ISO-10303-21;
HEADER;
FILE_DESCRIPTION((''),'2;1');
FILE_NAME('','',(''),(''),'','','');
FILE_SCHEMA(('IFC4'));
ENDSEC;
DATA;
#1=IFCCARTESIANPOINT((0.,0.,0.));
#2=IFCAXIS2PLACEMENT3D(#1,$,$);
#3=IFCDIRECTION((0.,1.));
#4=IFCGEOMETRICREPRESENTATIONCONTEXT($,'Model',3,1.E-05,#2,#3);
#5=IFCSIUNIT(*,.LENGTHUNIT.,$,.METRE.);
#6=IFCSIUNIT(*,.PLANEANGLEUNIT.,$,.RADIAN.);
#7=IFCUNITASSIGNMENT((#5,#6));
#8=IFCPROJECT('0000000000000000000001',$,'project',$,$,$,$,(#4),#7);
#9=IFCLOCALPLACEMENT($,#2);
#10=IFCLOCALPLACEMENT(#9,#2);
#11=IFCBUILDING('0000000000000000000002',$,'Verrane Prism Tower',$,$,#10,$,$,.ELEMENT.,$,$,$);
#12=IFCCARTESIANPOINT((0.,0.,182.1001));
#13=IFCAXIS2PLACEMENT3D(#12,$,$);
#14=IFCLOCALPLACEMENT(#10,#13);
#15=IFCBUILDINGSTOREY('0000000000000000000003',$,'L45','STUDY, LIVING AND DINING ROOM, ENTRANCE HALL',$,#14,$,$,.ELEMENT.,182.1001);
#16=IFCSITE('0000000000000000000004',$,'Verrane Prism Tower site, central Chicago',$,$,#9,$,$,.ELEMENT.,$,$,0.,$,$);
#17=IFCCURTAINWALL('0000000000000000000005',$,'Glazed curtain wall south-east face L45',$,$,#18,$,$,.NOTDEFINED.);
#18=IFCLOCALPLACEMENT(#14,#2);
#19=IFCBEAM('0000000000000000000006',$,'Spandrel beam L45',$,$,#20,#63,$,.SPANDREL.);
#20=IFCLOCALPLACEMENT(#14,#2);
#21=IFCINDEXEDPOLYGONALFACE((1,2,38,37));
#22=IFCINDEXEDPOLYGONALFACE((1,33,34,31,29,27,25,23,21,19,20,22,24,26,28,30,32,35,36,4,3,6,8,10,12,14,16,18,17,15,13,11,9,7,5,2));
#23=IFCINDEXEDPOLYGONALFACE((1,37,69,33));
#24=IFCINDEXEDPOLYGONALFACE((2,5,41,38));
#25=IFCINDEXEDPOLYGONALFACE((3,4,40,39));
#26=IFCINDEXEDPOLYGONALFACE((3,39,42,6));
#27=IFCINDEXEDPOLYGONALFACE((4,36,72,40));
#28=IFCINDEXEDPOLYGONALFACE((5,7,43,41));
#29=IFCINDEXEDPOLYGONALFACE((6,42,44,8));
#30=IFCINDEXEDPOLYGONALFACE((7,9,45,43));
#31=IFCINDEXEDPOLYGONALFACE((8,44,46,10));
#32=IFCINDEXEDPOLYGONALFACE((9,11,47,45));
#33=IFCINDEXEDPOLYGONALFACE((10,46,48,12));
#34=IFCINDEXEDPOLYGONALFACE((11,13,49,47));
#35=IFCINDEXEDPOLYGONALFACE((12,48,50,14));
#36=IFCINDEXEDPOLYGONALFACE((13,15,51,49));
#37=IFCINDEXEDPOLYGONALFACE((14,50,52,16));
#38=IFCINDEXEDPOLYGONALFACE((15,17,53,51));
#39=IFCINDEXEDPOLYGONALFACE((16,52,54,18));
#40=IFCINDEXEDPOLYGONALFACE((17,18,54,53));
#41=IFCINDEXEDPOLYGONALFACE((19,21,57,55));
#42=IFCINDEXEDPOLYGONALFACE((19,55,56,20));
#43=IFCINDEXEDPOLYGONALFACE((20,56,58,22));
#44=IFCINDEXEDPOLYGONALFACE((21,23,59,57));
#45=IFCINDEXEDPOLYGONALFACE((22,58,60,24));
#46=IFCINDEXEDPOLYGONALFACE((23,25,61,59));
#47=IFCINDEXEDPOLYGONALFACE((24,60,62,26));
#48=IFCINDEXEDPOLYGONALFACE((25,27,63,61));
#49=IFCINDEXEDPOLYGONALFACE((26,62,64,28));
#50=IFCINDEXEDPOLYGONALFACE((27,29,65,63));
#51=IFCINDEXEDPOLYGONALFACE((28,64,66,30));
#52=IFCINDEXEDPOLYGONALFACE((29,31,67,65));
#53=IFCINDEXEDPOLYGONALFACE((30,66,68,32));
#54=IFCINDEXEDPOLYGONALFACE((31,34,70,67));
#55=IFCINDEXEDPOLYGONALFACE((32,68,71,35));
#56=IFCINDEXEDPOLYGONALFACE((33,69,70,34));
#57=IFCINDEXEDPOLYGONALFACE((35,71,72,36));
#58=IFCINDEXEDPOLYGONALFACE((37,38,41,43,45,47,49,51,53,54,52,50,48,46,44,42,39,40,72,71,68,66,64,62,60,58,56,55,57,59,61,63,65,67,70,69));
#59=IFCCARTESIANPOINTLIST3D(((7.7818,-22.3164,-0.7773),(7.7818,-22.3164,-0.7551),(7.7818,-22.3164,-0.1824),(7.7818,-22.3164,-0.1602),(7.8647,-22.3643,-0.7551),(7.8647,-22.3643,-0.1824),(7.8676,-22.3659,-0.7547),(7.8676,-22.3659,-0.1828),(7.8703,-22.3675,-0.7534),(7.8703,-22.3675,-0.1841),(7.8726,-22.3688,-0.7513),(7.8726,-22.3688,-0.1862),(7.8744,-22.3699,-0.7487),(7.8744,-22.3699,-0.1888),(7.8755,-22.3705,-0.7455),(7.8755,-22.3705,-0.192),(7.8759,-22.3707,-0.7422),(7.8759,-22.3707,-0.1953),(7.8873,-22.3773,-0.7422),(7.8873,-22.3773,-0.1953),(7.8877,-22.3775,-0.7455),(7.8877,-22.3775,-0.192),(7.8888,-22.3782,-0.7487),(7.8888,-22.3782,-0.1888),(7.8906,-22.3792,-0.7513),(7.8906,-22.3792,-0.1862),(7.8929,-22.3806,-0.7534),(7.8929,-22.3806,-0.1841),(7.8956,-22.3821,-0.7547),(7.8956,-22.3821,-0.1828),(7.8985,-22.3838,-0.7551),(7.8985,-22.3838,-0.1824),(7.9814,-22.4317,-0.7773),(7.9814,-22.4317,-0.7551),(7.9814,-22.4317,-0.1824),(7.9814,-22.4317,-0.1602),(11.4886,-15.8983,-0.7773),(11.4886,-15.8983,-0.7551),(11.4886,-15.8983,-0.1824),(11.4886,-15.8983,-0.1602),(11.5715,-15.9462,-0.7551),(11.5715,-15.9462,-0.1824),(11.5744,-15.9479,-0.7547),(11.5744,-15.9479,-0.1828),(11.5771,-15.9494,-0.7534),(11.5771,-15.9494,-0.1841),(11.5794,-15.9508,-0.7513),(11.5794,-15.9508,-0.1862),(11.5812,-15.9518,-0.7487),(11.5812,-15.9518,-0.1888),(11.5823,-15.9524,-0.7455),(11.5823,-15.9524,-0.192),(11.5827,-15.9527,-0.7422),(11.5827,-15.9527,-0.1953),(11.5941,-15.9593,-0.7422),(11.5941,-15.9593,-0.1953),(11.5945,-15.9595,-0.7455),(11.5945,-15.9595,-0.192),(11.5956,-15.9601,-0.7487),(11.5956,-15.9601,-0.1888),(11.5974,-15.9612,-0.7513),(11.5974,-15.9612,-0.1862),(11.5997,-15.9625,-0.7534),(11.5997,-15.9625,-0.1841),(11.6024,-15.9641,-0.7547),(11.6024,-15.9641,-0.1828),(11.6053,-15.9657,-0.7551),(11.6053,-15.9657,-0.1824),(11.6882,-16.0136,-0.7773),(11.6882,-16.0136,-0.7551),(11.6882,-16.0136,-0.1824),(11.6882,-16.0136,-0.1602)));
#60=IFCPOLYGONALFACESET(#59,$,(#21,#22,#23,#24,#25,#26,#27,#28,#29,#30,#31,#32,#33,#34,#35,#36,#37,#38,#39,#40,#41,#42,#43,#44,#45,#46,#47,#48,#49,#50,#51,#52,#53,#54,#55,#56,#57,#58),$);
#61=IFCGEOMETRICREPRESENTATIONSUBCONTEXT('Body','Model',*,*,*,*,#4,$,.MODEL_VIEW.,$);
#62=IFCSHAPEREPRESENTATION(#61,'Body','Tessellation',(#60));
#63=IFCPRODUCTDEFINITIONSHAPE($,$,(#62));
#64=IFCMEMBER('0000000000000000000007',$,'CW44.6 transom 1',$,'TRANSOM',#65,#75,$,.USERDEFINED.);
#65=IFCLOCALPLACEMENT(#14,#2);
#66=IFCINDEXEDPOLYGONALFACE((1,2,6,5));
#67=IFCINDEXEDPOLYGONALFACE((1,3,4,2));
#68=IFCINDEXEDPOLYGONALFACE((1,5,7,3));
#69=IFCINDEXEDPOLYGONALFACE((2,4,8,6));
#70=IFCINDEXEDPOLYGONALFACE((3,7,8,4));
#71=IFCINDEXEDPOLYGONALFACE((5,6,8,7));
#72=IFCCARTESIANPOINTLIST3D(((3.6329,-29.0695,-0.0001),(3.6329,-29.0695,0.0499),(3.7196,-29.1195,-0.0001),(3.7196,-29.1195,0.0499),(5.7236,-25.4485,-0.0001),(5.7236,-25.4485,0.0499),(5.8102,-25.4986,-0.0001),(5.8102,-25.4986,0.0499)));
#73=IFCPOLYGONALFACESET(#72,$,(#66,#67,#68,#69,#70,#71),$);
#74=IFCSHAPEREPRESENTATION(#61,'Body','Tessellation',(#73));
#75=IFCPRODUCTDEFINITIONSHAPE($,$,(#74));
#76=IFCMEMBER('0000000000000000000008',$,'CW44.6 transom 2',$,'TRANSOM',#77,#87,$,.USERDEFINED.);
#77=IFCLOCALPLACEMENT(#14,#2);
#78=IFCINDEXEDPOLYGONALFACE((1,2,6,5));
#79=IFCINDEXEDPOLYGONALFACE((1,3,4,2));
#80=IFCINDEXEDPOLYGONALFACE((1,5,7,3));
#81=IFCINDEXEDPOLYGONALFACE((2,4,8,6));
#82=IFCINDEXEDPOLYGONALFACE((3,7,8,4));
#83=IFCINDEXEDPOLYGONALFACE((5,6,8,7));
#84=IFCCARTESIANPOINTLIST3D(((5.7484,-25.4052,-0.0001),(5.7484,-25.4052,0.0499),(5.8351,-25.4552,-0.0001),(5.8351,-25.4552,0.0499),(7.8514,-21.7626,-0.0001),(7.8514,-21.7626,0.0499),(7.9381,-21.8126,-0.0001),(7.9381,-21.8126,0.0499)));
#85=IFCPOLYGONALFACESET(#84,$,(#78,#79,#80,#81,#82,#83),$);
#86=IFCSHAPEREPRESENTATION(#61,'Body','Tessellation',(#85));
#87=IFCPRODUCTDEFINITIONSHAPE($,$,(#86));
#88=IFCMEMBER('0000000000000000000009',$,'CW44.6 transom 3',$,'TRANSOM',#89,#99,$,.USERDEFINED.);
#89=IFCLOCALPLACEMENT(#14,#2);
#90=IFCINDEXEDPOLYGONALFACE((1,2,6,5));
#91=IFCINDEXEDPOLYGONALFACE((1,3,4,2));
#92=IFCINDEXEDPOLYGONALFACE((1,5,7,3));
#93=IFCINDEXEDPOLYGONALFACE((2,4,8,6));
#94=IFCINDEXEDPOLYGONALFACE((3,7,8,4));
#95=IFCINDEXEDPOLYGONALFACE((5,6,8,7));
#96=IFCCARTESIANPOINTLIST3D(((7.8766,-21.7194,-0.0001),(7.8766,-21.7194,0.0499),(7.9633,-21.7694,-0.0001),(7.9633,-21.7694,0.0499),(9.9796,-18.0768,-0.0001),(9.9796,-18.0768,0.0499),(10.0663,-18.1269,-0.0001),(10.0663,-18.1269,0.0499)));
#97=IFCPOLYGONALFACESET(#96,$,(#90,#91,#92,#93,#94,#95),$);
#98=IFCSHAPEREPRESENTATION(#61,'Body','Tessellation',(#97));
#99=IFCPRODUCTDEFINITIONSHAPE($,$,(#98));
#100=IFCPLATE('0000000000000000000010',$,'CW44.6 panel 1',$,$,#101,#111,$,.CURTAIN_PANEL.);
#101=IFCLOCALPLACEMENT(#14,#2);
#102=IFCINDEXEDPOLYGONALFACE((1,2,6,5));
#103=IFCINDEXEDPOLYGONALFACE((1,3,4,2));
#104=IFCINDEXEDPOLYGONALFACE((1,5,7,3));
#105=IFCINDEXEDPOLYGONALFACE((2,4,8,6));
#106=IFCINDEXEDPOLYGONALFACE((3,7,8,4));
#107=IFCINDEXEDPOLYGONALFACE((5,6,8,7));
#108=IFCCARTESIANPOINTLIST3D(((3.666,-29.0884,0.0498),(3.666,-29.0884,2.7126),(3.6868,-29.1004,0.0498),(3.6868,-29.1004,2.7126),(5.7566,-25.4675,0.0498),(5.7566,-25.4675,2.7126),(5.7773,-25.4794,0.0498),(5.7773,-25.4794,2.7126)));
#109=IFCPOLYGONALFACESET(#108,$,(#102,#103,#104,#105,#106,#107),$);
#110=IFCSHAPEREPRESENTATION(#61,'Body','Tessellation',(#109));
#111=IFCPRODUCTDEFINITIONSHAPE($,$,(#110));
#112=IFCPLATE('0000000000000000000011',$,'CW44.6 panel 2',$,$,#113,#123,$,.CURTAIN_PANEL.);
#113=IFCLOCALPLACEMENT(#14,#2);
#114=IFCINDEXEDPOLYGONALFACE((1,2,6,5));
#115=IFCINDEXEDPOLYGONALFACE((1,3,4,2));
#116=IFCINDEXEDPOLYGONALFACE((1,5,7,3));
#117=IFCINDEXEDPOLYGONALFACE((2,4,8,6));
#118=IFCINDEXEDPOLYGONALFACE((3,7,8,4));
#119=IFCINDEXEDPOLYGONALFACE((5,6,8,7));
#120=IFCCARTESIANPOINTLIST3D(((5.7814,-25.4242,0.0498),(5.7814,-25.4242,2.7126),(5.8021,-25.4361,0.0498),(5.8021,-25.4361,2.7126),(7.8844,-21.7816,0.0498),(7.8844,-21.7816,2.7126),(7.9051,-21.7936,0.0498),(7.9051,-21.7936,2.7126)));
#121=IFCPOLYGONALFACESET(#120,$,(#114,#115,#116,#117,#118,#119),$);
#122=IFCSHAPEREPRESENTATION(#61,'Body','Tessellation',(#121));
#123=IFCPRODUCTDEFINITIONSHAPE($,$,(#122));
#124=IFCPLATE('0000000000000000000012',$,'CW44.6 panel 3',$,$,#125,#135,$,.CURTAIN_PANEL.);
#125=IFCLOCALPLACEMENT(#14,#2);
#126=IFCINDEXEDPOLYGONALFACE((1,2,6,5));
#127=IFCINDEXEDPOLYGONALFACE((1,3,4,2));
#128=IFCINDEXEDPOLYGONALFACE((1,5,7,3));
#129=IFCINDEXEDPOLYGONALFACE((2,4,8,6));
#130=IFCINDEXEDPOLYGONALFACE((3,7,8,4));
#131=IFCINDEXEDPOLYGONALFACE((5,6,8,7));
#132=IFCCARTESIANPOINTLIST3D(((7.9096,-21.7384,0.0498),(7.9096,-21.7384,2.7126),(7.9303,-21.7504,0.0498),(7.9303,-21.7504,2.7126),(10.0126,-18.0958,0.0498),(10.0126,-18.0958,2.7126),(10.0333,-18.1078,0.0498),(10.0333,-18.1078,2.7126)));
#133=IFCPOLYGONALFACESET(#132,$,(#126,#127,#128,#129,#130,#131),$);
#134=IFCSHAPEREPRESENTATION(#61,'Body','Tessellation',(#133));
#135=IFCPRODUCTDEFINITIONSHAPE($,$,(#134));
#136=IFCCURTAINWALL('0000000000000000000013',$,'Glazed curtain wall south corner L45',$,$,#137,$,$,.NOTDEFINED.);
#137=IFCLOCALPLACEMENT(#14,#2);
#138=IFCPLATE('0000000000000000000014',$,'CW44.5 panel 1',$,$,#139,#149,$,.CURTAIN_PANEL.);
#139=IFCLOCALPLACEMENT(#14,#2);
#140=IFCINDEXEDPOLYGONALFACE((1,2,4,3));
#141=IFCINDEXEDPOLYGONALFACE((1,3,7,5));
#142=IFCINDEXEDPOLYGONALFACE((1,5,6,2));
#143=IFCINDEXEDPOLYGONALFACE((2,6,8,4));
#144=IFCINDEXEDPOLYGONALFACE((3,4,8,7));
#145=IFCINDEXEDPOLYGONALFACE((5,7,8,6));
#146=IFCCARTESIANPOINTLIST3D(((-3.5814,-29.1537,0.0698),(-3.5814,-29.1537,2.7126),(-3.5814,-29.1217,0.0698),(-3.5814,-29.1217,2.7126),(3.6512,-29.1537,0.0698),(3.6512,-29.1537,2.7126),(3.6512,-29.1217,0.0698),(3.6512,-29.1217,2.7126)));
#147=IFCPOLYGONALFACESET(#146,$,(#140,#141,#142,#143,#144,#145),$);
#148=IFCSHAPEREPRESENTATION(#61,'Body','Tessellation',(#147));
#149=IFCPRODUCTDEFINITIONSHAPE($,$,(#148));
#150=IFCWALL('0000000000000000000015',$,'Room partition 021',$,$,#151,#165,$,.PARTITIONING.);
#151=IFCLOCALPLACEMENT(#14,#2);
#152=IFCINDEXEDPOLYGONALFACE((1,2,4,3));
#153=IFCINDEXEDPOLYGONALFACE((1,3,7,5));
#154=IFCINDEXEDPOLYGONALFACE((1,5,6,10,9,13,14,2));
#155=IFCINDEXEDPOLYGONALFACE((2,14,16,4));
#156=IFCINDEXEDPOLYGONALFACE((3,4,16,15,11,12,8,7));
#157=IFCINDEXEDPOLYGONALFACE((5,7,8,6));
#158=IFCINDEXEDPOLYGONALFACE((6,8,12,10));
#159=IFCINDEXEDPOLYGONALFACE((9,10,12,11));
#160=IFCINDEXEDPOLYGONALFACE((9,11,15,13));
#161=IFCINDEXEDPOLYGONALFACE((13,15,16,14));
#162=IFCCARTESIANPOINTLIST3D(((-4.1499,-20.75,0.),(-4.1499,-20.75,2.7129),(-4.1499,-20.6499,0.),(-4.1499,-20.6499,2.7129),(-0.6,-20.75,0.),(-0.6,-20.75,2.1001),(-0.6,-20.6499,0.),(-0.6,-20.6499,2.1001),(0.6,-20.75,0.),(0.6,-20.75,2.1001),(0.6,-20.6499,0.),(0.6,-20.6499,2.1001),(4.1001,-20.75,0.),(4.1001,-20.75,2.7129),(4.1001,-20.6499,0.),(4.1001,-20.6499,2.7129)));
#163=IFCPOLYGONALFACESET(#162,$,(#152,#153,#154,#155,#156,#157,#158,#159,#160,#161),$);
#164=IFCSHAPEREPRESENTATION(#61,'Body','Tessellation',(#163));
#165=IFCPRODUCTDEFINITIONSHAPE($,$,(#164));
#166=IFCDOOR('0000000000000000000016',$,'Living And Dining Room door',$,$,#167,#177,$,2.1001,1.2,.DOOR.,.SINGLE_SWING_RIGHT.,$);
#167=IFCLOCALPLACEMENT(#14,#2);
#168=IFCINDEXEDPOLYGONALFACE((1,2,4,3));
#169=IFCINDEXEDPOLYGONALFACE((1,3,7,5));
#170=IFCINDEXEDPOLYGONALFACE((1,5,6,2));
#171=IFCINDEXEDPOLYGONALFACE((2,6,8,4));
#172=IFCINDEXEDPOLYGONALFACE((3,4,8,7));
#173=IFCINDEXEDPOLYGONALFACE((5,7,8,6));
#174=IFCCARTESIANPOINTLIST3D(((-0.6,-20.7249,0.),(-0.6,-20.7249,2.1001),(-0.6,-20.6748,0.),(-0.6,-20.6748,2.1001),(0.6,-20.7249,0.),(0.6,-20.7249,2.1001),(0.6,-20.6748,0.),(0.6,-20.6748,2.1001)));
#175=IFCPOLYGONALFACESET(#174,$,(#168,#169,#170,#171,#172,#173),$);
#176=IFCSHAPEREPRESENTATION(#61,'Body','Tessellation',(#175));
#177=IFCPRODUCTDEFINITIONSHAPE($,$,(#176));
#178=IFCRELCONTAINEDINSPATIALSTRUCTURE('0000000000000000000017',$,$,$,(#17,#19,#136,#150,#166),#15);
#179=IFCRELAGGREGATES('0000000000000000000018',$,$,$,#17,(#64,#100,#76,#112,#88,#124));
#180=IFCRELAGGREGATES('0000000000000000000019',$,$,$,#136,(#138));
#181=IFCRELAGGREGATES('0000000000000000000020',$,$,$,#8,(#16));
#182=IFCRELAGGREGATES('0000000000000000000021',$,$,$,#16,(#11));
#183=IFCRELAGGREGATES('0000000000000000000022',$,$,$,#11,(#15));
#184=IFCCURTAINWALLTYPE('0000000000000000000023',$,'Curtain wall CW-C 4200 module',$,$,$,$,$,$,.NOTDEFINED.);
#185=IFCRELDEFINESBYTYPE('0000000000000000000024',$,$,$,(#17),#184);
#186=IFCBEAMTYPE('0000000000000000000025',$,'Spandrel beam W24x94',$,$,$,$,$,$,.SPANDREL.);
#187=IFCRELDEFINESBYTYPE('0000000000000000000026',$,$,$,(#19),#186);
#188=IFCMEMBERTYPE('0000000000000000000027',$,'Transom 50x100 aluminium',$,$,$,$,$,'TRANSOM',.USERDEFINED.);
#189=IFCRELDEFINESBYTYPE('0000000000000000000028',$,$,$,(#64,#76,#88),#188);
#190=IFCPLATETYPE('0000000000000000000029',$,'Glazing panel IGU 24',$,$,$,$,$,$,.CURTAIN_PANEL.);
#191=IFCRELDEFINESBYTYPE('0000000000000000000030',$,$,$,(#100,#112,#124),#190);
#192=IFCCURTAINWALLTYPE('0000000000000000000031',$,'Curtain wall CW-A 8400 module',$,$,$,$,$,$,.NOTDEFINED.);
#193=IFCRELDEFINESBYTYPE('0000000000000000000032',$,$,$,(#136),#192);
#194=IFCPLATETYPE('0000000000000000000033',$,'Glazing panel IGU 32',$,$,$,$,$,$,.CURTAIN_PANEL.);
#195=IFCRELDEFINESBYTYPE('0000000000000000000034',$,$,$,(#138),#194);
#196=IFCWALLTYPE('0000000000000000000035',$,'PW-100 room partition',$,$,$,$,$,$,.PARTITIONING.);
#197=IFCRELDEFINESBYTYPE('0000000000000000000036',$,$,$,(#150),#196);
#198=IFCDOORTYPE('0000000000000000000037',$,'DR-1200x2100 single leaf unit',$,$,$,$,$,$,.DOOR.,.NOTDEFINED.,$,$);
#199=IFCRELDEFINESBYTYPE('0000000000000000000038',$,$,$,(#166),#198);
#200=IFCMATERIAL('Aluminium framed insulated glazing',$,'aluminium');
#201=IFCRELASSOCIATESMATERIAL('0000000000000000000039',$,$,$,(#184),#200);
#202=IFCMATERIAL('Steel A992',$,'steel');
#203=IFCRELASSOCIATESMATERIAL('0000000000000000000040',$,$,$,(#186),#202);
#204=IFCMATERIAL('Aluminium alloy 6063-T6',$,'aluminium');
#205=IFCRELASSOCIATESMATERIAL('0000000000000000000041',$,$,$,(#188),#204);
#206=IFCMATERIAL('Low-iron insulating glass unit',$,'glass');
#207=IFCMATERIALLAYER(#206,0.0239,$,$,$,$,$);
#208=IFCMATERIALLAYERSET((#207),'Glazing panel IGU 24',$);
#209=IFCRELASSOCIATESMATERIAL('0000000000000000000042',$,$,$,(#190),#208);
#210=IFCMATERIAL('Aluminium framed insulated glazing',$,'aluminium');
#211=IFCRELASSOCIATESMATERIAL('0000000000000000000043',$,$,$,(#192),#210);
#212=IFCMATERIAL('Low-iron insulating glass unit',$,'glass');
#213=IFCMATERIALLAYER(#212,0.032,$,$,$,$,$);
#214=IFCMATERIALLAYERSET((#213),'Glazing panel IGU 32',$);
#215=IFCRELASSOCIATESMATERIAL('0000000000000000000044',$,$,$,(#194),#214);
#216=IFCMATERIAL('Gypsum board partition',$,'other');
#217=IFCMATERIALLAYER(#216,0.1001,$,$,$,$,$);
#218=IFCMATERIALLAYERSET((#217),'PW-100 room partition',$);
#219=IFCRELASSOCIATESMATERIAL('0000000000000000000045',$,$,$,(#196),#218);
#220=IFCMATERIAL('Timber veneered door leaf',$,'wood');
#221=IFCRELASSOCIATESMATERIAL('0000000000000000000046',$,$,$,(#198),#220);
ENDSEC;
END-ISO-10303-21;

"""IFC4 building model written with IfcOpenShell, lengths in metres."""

from ifc_helpers import new_model, si_unit, direction, frame, frame_2d, origin, origin_2d, place, context, subcontext, project, spatial, rectangle, i_section, extrude, material, layer, layer_set, material_profile, profile_set, type_object, element, fill, aggregate, save


model = new_model("IFC4")

# Units and contexts
model_context = context("Model", 3, precision=1e-05, world=origin(), true_north=direction((0.0, 1.0)))
body_context = subcontext(model_context, "Body", "Model", "MODEL_VIEW")
ifc_project = project(units=[si_unit("LENGTHUNIT", "METRE"), si_unit("PLANEANGLEUNIT", "RADIAN")], contexts=[model_context])

# Site, building, storey
site_placement = place(None, origin())
site = spatial("IfcSite", under=ifc_project, at=site_placement, Name="Verrane Prism Tower site, central Chicago", CompositionType="ELEMENT", RefElevation=0.0)
building_placement = place(site_placement, origin())
building = spatial("IfcBuilding", under=site, at=building_placement, Name="Verrane Prism Tower", CompositionType="ELEMENT")
storey_placement = place(building_placement, frame((0.0, 0.0, 182.1001)))
storey = spatial("IfcBuildingStorey", under=building, at=storey_placement, Name="L45", Description="STUDY, LIVING AND DINING ROOM, ENTRANCE HALL", CompositionType="ELEMENT", Elevation=182.1001)

# Curtain wall
ifc_material_1 = material(Name="Aluminium framed insulated glazing", Category="aluminium")
curtain_wall_type_1 = type_object("IfcCurtainWallType", Name="Curtain wall CW-C 4200 module", PredefinedType="NOTDEFINED", material=ifc_material_1)
curtain_wall_1_placement = place(storey_placement, origin())
curtain_wall_1 = element("IfcCurtainWall", 1, at=curtain_wall_1_placement, inside=storey, type_object=curtain_wall_type_1, Name="Glazed curtain wall south-east face L45", PredefinedType="NOTDEFINED")

# Beam
ifc_material_2 = material(Name="Steel A992", Category="steel")
ifc_material_profile_1 = material_profile(ifc_material_2, i_section(OverallWidth=0.2305, OverallDepth=0.6172, WebThickness=0.0132, FlangeThickness=0.0222, FilletRadius=0.0129, at=origin_2d()), Name="W24x94")
ifc_profile_set_1 = profile_set([ifc_material_profile_1], Name="Steel A992")
beam_type_1 = type_object("IfcBeamType", Name="Spandrel beam W24x94", PredefinedType="SPANDREL", material=ifc_profile_set_1)
beam_1_placement = place(storey_placement, frame((7.8816, -22.374, -0.4688), z_axis=(0.500139, 0.865945, 0.0), x_axis=(-0.865945, 0.500139, 0.0)))
element("IfcBeam", 2, at=beam_1_placement, inside=storey, type_object=beam_type_1, Name="Spandrel beam L45", PredefinedType="SPANDREL", context=body_context, shape_type="SweptSolid", body=[
    extrude(i_section(OverallWidth=0.2305, OverallDepth=0.6172, WebThickness=0.0132, FlangeThickness=0.0222, FilletRadius=0.0129, at=origin_2d()), origin(), (0.0, 0.0, 1.0), 7.4116),
])

# Members
ifc_material_3 = material(Name="Aluminium alloy 6063-T6", Category="aluminium")
ifc_material_profile_2 = material_profile(ifc_material_3, rectangle(XDim=0.1001, YDim=0.05, at=origin_2d()), Name="Transom 50x100 aluminium")
ifc_profile_set_2 = profile_set([ifc_material_profile_2], Name="Aluminium alloy 6063-T6")
member_type_1 = type_object("IfcMemberType", Name="Transom 50x100 aluminium", ElementType="TRANSOM", PredefinedType="USERDEFINED", material=ifc_profile_set_2)
member_1_placement = place(storey_placement, frame((3.6763, -29.0945, 0.0249), z_axis=(0.500014, 0.866017, 0.0), x_axis=(-0.866017, 0.500014, 0.0)))
member_1 = element("IfcMember", 3, at=member_1_placement, type_object=member_type_1, Name="CW44.6 transom 1", ObjectType="TRANSOM", PredefinedType="USERDEFINED", context=body_context, shape_type="SweptSolid", body=[
    extrude(rectangle(XDim=0.1001, YDim=0.05, at=origin_2d()), origin(), (0.0, 0.0, 1.0), 4.1812),
])
member_2_placement = place(storey_placement, frame((5.7917, -25.4302, 0.0249), z_axis=(0.499997, 0.866027, 0.0), x_axis=(-0.866027, 0.499997, 0.0)))
member_2 = element("IfcMember", 4, at=member_2_placement, type_object=member_type_1, Name="CW44.6 transom 2", ObjectType="TRANSOM", PredefinedType="USERDEFINED", context=body_context, shape_type="SweptSolid", body=[
    extrude(rectangle(XDim=0.1001, YDim=0.05, at=origin_2d()), origin(), (0.0, 0.0, 1.0), 4.2061),
])
member_3_placement = place(storey_placement, frame((7.9199, -21.7444, 0.0249), z_axis=(0.499997, 0.866027, 0.0), x_axis=(-0.866027, 0.499997, 0.0)))
member_3 = element("IfcMember", 5, at=member_3_placement, type_object=member_type_1, Name="CW44.6 transom 3", ObjectType="TRANSOM", PredefinedType="USERDEFINED", context=body_context, shape_type="SweptSolid", body=[
    extrude(rectangle(XDim=0.1001, YDim=0.05, at=origin_2d()), origin(), (0.0, 0.0, 1.0), 4.2061),
])

# Plates
ifc_material_4 = material(Name="Low-iron insulating glass unit", Category="glass")
ifc_layer_1 = layer(ifc_material_4, 0.0239)
ifc_layer_set_1 = layer_set([ifc_layer_1], Name="Glazing panel IGU 24")
plate_type_1 = type_object("IfcPlateType", Name="Glazing panel IGU 24", PredefinedType="CURTAIN_PANEL", material=ifc_layer_set_1)
plate_1_placement = place(storey_placement, frame((4.7217, -27.2839, 0.0498), z_axis=(0.0, 0.0, 1.0), x_axis=(0.499999, 0.866026, 0.0)))
plate_1 = element("IfcPlate", 6, at=plate_1_placement, type_object=plate_type_1, Name="CW44.6 panel 1", PredefinedType="CURTAIN_PANEL", context=body_context, shape_type="SweptSolid", body=[
    extrude(rectangle(XDim=4.1812, YDim=0.0239, at=origin_2d()), origin(), (0.0, 0.0, 1.0), 2.6628),
])
plate_2_placement = place(storey_placement, frame((6.8433, -23.6089, 0.0498), z_axis=(0.0, 0.0, 1.0), x_axis=(0.499999, 0.866026, 0.0)))
plate_2 = element("IfcPlate", 7, at=plate_2_placement, type_object=plate_type_1, Name="CW44.6 panel 2", PredefinedType="CURTAIN_PANEL", context=body_context, shape_type="SweptSolid", body=[
    extrude(rectangle(XDim=4.2061, YDim=0.0239, at=origin_2d()), origin(), (0.0, 0.0, 1.0), 2.6628),
])
plate_3_placement = place(storey_placement, frame((8.9714, -19.9231, 0.0498), z_axis=(0.0, 0.0, 1.0), x_axis=(0.499999, 0.866026, 0.0)))
plate_3 = element("IfcPlate", 8, at=plate_3_placement, type_object=plate_type_1, Name="CW44.6 panel 3", PredefinedType="CURTAIN_PANEL", context=body_context, shape_type="SweptSolid", body=[
    extrude(rectangle(XDim=4.2061, YDim=0.0239, at=origin_2d()), origin(), (0.0, 0.0, 1.0), 2.6628),
])
aggregate(curtain_wall_1, [member_1, plate_1, member_2, plate_2, member_3, plate_3])

# Curtain wall, plate
ifc_material_5 = material(Name="Aluminium framed insulated glazing", Category="aluminium")
curtain_wall_type_2 = type_object("IfcCurtainWallType", Name="Curtain wall CW-A 8400 module", PredefinedType="NOTDEFINED", material=ifc_material_5)
curtain_wall_2_placement = place(storey_placement, origin())
curtain_wall_2 = element("IfcCurtainWall", 9, at=curtain_wall_2_placement, inside=storey, type_object=curtain_wall_type_2, Name="Glazed curtain wall south corner L45", PredefinedType="NOTDEFINED")
ifc_material_6 = material(Name="Low-iron insulating glass unit", Category="glass")
ifc_layer_2 = layer(ifc_material_6, 0.032)
ifc_layer_set_2 = layer_set([ifc_layer_2], Name="Glazing panel IGU 32")
plate_type_2 = type_object("IfcPlateType", Name="Glazing panel IGU 32", PredefinedType="CURTAIN_PANEL", material=ifc_layer_set_2)
plate_4_placement = place(storey_placement, frame((0.0349, -29.1377, 0.0698), z_axis=(0.0, 0.0, 1.0), x_axis=(1.0, 0.0, 0.0)))
plate_4 = element("IfcPlate", 10, at=plate_4_placement, type_object=plate_type_2, Name="CW44.5 panel 1", PredefinedType="CURTAIN_PANEL", context=body_context, shape_type="SweptSolid", body=[
    extrude(rectangle(XDim=7.2327, YDim=0.032, at=origin_2d()), origin(), (0.0, 0.0, 1.0), 2.6428),
])
aggregate(curtain_wall_2, [plate_4])

# Wall, opening, door
ifc_material_7 = material(Name="Gypsum board partition", Category="other")
ifc_layer_3 = layer(ifc_material_7, 0.1001)
ifc_layer_set_3 = layer_set([ifc_layer_3], Name="PW-100 room partition")
wall_type = type_object("IfcWallType", Name="PW-100 room partition", PredefinedType="PARTITIONING", material=ifc_layer_set_3)
wall_1_placement = place(storey_placement, frame((4.1001, -20.7, 0.0), z_axis=(0.0, 0.0, 1.0), x_axis=(-1.0, 0.0, 0.0)))
wall_1 = element("IfcWall", 11, at=wall_1_placement, inside=storey, type_object=wall_type, Name="Room partition 021", PredefinedType="PARTITIONING", context=body_context, shape_type="SweptSolid", body=[
    extrude(rectangle(XDim=8.25, YDim=0.1001, at=frame_2d((4.125, 0.0))), origin(), (0.0, 0.0, 1.0), 2.7129),
])
opening_placement = place(wall_1_placement, frame((3.5, 0.0, 0.0)))
opening = element("IfcOpeningElement", 12, at=opening_placement, cuts=wall_1, PredefinedType="OPENING", context=body_context, shape_type="SweptSolid", body=[
    extrude(rectangle(XDim=1.2, YDim=2.1001, at=frame_2d((0.6001, 1.05))), frame((0.0, 0.0601, 0.0), z_axis=(0.0, -1.0, 0.0), x_axis=(1.0, 0.0, 0.0)), (0.0, 0.0, 1.0), 0.1201),
])
ifc_material_8 = material(Name="Timber veneered door leaf", Category="wood")
door_type = type_object("IfcDoorType", Name="DR-1200x2100 single leaf unit", OperationType="NOTDEFINED", PredefinedType="DOOR", material=ifc_material_8)
door_placement = place(opening_placement, origin())
door = element("IfcDoor", 13, at=door_placement, inside=storey, type_object=door_type, Name="Living And Dining Room door", OperationType="SINGLE_SWING_RIGHT", OverallHeight=2.1001, OverallWidth=1.2, PredefinedType="DOOR", context=body_context, shape_type="SweptSolid", body=[
    extrude(rectangle(XDim=1.2, YDim=2.1001, at=frame_2d((0.6001, 1.05))), frame((0.0, 0.0249, 0.0), z_axis=(0.0, -1.0, 0.0), x_axis=(1.0, 0.0, 0.0)), (0.0, 0.0, 1.0), 0.05),
])
fill(opening, door)

save(model, "model.ifc")
